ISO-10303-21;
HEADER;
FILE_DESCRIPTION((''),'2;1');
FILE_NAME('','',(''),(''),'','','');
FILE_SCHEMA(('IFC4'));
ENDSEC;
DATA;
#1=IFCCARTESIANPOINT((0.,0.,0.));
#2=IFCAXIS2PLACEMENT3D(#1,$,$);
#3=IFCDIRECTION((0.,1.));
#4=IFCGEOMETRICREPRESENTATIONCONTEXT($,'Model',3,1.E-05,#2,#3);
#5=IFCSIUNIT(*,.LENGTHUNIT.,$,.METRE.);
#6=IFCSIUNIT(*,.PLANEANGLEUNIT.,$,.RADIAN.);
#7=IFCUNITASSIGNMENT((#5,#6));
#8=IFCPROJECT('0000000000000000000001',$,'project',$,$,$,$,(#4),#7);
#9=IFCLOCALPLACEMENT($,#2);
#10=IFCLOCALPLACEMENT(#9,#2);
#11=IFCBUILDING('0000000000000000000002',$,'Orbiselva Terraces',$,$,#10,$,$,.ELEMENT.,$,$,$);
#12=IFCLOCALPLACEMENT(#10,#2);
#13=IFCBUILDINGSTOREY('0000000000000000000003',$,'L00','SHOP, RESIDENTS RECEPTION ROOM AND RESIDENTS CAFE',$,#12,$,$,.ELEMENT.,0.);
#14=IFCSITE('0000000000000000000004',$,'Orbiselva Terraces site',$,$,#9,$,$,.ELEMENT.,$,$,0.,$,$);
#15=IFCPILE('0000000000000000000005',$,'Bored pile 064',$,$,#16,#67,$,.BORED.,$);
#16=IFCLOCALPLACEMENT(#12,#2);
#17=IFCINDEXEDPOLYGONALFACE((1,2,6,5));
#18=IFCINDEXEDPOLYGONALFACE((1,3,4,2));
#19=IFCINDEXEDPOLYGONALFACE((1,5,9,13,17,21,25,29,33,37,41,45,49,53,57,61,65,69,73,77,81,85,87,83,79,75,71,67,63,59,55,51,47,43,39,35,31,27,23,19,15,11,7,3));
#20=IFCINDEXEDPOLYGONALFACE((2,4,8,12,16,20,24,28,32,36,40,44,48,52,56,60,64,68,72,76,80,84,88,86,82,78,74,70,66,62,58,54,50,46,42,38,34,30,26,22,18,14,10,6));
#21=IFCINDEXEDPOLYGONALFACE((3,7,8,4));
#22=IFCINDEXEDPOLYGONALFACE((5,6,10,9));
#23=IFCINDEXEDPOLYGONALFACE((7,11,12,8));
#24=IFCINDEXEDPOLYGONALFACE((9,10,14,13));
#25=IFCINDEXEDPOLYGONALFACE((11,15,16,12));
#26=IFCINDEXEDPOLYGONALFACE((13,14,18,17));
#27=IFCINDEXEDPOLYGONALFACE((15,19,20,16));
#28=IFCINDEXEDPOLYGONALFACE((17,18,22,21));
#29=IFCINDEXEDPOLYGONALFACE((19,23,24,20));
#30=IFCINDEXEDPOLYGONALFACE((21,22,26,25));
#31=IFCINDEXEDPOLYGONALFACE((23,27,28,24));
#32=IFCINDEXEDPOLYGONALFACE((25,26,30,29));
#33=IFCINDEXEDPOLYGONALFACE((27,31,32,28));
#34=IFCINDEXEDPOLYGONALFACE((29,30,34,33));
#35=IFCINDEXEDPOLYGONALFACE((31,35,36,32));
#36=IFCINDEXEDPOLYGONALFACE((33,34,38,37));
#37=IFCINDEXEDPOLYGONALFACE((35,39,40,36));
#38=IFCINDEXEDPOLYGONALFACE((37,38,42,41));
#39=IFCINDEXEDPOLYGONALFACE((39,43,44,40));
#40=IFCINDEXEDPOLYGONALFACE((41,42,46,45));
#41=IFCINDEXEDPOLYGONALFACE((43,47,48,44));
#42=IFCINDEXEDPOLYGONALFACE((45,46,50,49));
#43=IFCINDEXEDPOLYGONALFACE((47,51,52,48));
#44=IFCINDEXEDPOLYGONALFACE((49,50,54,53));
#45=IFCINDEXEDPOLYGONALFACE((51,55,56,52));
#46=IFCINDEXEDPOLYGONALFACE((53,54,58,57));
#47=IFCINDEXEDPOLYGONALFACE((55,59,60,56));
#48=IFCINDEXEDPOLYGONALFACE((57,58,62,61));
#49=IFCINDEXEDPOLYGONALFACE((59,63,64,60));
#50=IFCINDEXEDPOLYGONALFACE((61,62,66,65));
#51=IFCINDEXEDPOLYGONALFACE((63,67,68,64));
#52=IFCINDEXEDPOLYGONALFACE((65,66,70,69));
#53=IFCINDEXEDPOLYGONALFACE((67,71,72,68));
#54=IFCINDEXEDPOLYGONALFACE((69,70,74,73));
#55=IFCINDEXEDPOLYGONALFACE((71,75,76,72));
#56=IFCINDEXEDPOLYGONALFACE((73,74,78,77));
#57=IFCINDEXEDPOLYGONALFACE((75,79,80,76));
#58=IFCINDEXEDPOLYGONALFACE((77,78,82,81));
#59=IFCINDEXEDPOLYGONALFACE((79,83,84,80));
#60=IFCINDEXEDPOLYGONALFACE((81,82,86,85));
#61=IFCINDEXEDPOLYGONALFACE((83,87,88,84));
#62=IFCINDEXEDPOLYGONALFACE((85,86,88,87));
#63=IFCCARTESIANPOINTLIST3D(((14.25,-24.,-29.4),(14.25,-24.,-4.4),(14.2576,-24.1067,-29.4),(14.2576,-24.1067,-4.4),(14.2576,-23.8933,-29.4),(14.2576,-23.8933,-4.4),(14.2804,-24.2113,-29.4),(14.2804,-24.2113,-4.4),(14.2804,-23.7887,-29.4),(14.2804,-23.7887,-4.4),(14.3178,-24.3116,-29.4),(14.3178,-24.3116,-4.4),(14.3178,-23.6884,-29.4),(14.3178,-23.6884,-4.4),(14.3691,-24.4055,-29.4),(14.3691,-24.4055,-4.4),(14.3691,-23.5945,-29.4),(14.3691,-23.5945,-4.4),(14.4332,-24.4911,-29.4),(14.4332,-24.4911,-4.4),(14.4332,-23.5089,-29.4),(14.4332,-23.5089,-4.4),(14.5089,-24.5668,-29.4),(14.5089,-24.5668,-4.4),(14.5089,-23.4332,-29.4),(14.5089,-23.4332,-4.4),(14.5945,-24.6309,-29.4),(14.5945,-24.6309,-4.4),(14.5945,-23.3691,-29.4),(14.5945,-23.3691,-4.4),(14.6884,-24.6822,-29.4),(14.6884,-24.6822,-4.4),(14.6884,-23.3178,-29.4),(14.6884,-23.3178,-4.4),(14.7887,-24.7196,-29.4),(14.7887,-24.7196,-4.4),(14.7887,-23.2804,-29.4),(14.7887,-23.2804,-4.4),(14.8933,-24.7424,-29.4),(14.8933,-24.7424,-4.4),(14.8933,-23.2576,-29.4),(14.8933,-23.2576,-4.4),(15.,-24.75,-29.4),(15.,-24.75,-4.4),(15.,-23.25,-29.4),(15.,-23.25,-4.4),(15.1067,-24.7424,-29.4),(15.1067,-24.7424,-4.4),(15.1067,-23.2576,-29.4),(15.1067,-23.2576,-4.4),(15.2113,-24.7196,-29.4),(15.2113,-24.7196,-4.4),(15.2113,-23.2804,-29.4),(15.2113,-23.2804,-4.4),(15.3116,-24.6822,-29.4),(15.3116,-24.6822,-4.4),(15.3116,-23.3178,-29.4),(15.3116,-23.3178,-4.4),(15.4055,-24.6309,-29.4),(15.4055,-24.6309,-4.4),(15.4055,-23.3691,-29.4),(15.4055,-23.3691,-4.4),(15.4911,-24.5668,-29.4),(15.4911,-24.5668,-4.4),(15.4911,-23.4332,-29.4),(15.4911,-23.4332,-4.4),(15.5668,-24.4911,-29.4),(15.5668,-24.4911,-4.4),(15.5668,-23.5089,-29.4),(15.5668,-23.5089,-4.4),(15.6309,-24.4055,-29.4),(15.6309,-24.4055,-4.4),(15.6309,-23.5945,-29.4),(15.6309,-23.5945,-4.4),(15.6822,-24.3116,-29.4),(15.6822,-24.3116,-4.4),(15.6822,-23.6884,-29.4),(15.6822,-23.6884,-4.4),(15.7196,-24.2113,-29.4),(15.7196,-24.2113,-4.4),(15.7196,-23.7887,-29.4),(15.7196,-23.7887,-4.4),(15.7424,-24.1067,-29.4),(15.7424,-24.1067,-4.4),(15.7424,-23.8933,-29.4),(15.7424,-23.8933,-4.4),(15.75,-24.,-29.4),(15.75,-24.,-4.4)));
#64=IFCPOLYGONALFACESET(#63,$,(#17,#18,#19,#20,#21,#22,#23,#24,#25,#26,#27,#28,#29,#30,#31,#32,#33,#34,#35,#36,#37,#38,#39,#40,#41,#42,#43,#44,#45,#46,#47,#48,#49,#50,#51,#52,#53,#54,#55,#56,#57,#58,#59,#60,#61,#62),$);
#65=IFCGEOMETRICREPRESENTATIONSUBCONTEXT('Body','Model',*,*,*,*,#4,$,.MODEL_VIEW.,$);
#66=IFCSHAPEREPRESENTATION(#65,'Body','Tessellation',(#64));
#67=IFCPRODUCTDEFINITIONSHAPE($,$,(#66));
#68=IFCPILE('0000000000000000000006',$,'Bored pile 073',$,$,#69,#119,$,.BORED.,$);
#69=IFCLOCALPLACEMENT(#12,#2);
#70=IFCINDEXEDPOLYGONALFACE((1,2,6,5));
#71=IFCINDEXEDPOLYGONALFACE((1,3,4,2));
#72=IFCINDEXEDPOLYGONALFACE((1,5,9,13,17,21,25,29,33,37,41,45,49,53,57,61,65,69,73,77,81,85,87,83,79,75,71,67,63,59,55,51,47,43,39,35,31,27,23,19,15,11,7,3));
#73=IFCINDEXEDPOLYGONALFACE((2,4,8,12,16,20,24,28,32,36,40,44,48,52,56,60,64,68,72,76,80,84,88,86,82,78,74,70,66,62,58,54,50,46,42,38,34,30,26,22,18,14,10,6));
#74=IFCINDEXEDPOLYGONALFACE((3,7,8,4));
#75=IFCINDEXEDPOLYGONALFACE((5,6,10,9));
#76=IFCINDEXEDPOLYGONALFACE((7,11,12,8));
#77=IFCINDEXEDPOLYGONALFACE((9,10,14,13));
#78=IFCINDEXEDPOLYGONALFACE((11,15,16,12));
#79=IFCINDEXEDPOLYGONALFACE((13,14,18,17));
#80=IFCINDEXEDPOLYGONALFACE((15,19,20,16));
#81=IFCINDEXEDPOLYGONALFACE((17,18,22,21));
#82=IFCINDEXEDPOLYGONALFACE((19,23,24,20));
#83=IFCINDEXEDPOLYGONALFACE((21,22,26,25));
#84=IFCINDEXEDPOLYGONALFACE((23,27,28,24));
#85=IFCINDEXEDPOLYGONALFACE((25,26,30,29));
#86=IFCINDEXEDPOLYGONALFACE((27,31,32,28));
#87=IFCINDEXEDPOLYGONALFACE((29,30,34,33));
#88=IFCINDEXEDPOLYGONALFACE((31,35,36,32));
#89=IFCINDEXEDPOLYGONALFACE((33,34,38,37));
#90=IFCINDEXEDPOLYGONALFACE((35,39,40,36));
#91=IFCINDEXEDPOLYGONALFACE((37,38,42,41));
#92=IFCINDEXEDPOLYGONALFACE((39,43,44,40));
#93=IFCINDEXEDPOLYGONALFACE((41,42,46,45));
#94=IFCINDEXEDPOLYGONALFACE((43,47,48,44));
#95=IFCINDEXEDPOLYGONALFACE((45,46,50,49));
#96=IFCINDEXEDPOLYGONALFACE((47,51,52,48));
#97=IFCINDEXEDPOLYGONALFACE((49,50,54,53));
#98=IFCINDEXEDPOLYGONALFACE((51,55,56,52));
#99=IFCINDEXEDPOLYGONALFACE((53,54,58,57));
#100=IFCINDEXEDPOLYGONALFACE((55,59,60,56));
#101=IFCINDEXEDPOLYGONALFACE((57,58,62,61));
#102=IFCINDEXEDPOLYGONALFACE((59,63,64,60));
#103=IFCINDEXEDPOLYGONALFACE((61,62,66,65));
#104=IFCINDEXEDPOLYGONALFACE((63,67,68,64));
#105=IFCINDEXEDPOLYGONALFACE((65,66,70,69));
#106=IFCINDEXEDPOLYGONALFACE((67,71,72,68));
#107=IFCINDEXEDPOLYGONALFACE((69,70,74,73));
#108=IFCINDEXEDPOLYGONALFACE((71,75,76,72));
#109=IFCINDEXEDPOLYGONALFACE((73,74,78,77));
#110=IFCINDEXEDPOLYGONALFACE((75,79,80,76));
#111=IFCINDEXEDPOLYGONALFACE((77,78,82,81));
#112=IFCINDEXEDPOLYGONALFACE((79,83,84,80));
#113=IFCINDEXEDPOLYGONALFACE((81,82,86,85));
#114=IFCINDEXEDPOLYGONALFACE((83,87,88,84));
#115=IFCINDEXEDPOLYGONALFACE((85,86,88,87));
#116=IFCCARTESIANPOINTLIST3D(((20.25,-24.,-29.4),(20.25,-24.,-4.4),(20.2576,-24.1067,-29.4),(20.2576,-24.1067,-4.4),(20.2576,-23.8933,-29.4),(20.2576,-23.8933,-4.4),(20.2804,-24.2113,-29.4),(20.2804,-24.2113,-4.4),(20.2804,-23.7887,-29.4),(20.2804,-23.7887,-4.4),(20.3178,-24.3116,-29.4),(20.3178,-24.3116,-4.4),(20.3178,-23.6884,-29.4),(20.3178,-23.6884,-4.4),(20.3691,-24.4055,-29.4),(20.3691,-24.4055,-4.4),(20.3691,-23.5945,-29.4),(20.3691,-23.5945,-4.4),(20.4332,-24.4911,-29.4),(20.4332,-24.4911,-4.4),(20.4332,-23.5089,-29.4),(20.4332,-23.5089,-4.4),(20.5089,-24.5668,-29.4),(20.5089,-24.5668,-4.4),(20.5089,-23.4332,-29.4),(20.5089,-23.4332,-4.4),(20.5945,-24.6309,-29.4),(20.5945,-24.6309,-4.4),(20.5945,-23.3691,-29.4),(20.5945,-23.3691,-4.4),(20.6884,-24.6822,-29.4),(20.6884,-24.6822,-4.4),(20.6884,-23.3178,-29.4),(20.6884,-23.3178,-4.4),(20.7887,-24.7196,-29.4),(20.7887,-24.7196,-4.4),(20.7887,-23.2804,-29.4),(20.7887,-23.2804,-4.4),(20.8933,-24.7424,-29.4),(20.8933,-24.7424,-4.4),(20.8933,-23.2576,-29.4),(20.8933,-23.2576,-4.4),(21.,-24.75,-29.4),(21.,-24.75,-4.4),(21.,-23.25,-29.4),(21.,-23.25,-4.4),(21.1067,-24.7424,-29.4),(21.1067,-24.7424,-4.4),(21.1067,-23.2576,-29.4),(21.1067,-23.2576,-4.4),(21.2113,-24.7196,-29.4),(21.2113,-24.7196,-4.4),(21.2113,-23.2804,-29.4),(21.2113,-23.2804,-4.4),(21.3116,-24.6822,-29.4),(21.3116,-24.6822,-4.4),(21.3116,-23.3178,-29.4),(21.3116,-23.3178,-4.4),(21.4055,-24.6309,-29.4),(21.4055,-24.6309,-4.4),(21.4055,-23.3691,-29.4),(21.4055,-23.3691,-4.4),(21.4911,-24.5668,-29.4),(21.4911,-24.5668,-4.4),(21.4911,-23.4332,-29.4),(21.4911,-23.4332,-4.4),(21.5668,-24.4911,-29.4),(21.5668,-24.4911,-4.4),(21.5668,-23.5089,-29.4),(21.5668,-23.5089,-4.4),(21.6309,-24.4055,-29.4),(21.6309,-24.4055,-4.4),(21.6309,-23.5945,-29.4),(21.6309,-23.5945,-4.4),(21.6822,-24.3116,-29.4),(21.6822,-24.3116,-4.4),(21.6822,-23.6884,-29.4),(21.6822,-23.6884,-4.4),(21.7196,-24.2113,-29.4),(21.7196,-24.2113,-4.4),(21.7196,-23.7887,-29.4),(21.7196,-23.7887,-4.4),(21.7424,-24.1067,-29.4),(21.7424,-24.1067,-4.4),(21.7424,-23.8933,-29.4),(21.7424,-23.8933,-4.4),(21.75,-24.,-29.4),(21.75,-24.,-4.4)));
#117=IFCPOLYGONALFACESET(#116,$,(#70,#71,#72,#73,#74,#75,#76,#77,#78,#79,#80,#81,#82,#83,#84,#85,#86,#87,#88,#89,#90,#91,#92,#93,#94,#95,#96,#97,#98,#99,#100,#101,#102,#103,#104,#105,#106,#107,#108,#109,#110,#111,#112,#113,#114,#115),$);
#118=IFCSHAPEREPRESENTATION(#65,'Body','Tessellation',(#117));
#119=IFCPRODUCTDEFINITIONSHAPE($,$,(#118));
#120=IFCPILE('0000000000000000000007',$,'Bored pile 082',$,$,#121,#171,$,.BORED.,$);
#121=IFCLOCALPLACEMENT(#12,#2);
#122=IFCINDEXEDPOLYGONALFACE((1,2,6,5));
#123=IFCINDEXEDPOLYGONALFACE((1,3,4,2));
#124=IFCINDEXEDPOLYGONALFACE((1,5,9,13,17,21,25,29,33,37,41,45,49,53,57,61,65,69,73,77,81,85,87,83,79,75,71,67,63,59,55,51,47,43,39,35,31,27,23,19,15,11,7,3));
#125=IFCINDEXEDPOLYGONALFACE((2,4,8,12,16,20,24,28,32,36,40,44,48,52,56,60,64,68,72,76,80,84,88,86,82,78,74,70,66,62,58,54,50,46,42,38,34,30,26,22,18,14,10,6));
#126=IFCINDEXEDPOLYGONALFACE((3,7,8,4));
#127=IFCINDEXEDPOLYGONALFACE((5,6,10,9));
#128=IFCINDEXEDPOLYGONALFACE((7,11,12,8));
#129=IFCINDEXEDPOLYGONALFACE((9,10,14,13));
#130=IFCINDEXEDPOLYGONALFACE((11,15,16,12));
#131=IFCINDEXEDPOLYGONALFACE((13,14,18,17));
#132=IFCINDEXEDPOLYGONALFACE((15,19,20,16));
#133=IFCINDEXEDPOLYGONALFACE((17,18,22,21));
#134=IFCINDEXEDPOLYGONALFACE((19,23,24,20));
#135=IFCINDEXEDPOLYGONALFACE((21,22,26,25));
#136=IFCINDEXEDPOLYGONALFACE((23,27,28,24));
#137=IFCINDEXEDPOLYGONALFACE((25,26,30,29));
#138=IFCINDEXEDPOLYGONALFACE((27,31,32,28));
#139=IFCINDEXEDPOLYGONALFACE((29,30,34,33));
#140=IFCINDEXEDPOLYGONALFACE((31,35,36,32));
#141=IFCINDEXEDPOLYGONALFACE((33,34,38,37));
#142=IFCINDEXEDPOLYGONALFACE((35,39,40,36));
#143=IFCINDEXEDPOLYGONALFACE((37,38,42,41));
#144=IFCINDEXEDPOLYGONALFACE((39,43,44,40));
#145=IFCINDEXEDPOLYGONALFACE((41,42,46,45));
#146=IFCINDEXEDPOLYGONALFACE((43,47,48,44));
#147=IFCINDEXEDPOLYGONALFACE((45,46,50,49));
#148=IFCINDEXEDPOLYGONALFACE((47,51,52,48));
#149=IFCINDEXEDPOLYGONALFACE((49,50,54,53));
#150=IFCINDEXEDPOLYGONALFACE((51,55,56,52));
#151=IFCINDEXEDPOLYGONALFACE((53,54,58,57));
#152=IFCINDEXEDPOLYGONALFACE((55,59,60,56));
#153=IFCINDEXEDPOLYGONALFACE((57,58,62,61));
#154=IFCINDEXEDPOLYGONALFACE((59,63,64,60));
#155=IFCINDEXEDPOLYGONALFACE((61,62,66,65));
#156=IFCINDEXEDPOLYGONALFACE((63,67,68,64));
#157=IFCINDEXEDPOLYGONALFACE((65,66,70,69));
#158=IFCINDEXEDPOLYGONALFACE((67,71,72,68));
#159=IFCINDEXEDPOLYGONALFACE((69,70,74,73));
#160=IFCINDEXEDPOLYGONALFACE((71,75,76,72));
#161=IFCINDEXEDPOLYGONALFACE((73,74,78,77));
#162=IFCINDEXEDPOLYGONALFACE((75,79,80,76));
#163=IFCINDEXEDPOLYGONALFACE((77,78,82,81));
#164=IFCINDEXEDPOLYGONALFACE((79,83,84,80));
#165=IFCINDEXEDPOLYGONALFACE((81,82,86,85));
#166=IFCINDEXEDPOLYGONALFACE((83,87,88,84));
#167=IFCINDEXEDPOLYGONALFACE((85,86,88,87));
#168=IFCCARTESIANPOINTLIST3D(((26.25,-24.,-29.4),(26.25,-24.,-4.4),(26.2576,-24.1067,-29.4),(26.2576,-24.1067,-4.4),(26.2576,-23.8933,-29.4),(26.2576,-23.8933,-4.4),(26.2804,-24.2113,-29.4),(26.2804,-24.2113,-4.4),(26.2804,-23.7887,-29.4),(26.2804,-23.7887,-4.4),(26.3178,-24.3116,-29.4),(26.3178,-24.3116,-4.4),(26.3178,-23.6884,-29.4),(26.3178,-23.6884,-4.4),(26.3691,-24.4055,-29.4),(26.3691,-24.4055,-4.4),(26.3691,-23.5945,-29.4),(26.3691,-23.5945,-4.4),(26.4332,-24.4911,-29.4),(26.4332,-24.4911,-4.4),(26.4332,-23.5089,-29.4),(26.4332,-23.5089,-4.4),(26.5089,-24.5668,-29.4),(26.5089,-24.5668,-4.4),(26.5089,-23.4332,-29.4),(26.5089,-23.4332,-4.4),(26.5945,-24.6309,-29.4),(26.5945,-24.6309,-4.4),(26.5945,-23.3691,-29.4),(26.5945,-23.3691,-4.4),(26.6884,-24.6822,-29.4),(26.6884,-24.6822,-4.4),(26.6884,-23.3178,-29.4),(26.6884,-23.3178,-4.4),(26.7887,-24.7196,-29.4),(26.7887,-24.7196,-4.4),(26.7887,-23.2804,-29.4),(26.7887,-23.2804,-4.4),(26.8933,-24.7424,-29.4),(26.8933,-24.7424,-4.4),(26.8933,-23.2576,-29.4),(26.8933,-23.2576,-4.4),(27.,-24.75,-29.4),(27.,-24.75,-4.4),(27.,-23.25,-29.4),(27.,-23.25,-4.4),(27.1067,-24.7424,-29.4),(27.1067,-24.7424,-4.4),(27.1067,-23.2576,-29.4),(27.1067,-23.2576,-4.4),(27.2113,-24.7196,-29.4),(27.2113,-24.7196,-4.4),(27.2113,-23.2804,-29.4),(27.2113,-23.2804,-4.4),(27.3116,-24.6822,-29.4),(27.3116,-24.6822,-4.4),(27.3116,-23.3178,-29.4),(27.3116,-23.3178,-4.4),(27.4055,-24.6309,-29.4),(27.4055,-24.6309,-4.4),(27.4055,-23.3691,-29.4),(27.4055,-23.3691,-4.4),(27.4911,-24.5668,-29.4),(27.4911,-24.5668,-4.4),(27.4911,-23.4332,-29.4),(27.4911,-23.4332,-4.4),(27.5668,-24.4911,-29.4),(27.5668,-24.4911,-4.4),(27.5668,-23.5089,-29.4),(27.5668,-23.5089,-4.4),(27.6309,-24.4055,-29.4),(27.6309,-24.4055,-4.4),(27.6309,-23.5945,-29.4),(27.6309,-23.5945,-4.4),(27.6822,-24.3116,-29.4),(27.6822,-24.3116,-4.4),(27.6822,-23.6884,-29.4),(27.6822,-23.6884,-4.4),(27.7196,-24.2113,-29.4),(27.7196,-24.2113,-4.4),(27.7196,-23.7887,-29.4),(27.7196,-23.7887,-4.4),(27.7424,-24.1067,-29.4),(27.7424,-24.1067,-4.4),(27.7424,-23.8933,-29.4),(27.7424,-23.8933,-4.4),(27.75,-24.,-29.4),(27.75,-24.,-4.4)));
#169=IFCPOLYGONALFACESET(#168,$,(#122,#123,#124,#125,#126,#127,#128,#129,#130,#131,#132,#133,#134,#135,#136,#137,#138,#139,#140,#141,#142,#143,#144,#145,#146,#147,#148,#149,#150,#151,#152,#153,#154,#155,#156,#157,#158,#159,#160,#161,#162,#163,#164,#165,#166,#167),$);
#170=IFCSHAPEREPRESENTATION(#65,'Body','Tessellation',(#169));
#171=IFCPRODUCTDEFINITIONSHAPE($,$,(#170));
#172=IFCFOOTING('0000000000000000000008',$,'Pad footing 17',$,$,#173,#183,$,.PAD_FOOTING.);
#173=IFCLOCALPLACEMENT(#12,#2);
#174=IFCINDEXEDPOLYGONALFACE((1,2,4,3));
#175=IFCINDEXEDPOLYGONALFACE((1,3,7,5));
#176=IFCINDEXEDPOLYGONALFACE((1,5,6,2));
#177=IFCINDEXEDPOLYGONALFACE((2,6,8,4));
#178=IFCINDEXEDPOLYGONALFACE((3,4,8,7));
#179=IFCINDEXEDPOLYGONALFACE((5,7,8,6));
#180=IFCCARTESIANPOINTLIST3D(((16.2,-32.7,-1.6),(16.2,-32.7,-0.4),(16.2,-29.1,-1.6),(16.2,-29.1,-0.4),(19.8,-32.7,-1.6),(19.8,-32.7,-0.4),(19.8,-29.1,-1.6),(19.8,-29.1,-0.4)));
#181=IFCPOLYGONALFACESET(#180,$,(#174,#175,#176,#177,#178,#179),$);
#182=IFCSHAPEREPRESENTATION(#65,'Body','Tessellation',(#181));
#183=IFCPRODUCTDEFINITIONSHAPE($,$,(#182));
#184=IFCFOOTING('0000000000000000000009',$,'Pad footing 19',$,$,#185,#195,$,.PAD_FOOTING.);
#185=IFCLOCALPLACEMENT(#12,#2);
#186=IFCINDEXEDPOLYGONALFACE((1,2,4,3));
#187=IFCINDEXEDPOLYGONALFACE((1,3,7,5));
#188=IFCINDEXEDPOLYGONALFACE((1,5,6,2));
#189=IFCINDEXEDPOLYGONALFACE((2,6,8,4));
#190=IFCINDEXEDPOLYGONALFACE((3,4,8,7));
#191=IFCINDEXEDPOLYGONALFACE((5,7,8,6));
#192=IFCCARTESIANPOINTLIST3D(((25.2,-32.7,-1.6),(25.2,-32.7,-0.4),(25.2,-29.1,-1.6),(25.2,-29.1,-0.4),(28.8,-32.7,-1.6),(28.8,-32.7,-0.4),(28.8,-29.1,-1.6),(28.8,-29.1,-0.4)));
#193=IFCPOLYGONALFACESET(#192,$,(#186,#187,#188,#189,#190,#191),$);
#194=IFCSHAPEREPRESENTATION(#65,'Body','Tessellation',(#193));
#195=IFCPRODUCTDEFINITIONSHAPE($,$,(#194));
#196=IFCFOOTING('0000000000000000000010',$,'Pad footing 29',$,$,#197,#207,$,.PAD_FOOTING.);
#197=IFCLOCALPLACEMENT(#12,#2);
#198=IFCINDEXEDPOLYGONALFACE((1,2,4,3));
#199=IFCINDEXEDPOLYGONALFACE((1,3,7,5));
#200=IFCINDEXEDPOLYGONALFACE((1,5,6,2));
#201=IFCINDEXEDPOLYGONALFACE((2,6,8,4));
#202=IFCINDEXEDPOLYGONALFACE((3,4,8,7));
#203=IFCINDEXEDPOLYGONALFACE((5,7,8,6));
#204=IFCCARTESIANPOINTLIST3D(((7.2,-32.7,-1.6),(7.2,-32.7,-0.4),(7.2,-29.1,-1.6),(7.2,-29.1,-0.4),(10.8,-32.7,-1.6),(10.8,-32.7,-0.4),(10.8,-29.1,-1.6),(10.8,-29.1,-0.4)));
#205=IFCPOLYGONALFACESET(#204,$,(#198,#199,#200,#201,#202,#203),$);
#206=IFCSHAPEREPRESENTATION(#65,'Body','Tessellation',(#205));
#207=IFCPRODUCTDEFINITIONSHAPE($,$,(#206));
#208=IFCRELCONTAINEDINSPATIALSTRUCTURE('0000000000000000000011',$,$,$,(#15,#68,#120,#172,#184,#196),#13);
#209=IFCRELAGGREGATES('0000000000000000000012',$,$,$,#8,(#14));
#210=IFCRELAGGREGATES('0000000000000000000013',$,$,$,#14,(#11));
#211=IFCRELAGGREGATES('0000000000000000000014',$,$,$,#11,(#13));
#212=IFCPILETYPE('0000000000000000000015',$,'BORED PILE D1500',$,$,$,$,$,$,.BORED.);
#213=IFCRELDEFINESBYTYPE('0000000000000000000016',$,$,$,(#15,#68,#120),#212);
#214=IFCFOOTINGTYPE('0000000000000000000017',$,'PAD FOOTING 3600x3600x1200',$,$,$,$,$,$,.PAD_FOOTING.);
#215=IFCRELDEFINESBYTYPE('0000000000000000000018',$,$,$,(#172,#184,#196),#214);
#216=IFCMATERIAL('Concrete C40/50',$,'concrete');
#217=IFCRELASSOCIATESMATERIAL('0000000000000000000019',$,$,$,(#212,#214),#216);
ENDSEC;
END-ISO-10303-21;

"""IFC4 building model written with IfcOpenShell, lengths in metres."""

from ifc_helpers import new_model, si_unit, direction, frame, origin, origin_2d, place, context, subcontext, project, spatial, rectangle, circle, extrude, material, material_profile, profile_set, type_object, element, save


model = new_model("IFC4")

# Units and contexts
model_context = context("Model", 3, precision=1e-05, world=origin(), true_north=direction((0.0, 1.0)))
body_context = subcontext(model_context, "Body", "Model", "MODEL_VIEW")
ifc_project = project(units=[si_unit("LENGTHUNIT", "METRE"), si_unit("PLANEANGLEUNIT", "RADIAN")], contexts=[model_context])

# Site, building, storey
site_placement = place(None, origin())
site = spatial("IfcSite", under=ifc_project, at=site_placement, Name="Orbiselva Terraces site", CompositionType="ELEMENT", RefElevation=0.0)
building_placement = place(site_placement, origin())
building = spatial("IfcBuilding", under=site, at=building_placement, Name="Orbiselva Terraces", CompositionType="ELEMENT")
storey_placement = place(building_placement, origin())
storey = spatial("IfcBuildingStorey", under=building, at=storey_placement, Name="L00", Description="SHOP, RESIDENTS RECEPTION ROOM AND RESIDENTS CAFE", CompositionType="ELEMENT", Elevation=0.0)

# Piles
ifc_material_1 = material(Name="Concrete C40/50", Category="concrete")
ifc_material_profile_1 = material_profile(ifc_material_1, circle(Radius=0.75, at=origin_2d()), Name="D1500")
ifc_profile_set_1 = profile_set([ifc_material_profile_1], Name="Concrete C40/50")
pile_type = type_object("IfcPileType", Name="BORED PILE D1500", PredefinedType="BORED", material=ifc_profile_set_1)
for number, where, z_axis, x_axis, name in (
    (1, (15.0, -24.0, -4.4), (0.0, 0.0, -1.0), (1.0, 0.0, 0.0), "Bored pile 064"),
    (2, (21.0, -24.0, -4.4), (0.0, 0.0, -1.0), (1.0, 0.0, 0.0), "Bored pile 073"),
    (3, (27.0, -24.0, -4.4), (0.0, 0.0, -1.0), (1.0, 0.0, 0.0), "Bored pile 082"),
):
    element("IfcPile", number, at=place(storey_placement, frame(where, z_axis=z_axis, x_axis=x_axis)), inside=storey, type_object=pile_type, Name=name, PredefinedType="BORED", context=body_context, shape_type="SweptSolid", body=[
        extrude(circle(Radius=0.75, at=origin_2d()), origin(), (0.0, 0.0, 1.0), 25.0),
    ])

# Footings
footing_type = type_object("IfcFootingType", Name="PAD FOOTING 3600x3600x1200", PredefinedType="PAD_FOOTING", material=ifc_material_1)
for number, where, z_axis, x_axis, name in (
    (4, (18.0, -30.9, -1.6), (0.0, 0.0, 1.0), (1.0, 0.0, 0.0), "Pad footing 17"),
    (5, (27.0, -30.9, -1.6), (0.0, 0.0, 1.0), (1.0, 0.0, 0.0), "Pad footing 19"),
    (6, (9.0, -30.9, -1.6), (0.0, 0.0, 1.0), (1.0, 0.0, 0.0), "Pad footing 29"),
):
    element("IfcFooting", number, at=place(storey_placement, frame(where, z_axis=z_axis, x_axis=x_axis)), inside=storey, type_object=footing_type, Name=name, PredefinedType="PAD_FOOTING", context=body_context, shape_type="SweptSolid", body=[
        extrude(rectangle(XDim=3.6, YDim=3.6, at=origin_2d()), origin(), (0.0, 0.0, 1.0), 1.2),
    ])

save(model, "model.ifc")
